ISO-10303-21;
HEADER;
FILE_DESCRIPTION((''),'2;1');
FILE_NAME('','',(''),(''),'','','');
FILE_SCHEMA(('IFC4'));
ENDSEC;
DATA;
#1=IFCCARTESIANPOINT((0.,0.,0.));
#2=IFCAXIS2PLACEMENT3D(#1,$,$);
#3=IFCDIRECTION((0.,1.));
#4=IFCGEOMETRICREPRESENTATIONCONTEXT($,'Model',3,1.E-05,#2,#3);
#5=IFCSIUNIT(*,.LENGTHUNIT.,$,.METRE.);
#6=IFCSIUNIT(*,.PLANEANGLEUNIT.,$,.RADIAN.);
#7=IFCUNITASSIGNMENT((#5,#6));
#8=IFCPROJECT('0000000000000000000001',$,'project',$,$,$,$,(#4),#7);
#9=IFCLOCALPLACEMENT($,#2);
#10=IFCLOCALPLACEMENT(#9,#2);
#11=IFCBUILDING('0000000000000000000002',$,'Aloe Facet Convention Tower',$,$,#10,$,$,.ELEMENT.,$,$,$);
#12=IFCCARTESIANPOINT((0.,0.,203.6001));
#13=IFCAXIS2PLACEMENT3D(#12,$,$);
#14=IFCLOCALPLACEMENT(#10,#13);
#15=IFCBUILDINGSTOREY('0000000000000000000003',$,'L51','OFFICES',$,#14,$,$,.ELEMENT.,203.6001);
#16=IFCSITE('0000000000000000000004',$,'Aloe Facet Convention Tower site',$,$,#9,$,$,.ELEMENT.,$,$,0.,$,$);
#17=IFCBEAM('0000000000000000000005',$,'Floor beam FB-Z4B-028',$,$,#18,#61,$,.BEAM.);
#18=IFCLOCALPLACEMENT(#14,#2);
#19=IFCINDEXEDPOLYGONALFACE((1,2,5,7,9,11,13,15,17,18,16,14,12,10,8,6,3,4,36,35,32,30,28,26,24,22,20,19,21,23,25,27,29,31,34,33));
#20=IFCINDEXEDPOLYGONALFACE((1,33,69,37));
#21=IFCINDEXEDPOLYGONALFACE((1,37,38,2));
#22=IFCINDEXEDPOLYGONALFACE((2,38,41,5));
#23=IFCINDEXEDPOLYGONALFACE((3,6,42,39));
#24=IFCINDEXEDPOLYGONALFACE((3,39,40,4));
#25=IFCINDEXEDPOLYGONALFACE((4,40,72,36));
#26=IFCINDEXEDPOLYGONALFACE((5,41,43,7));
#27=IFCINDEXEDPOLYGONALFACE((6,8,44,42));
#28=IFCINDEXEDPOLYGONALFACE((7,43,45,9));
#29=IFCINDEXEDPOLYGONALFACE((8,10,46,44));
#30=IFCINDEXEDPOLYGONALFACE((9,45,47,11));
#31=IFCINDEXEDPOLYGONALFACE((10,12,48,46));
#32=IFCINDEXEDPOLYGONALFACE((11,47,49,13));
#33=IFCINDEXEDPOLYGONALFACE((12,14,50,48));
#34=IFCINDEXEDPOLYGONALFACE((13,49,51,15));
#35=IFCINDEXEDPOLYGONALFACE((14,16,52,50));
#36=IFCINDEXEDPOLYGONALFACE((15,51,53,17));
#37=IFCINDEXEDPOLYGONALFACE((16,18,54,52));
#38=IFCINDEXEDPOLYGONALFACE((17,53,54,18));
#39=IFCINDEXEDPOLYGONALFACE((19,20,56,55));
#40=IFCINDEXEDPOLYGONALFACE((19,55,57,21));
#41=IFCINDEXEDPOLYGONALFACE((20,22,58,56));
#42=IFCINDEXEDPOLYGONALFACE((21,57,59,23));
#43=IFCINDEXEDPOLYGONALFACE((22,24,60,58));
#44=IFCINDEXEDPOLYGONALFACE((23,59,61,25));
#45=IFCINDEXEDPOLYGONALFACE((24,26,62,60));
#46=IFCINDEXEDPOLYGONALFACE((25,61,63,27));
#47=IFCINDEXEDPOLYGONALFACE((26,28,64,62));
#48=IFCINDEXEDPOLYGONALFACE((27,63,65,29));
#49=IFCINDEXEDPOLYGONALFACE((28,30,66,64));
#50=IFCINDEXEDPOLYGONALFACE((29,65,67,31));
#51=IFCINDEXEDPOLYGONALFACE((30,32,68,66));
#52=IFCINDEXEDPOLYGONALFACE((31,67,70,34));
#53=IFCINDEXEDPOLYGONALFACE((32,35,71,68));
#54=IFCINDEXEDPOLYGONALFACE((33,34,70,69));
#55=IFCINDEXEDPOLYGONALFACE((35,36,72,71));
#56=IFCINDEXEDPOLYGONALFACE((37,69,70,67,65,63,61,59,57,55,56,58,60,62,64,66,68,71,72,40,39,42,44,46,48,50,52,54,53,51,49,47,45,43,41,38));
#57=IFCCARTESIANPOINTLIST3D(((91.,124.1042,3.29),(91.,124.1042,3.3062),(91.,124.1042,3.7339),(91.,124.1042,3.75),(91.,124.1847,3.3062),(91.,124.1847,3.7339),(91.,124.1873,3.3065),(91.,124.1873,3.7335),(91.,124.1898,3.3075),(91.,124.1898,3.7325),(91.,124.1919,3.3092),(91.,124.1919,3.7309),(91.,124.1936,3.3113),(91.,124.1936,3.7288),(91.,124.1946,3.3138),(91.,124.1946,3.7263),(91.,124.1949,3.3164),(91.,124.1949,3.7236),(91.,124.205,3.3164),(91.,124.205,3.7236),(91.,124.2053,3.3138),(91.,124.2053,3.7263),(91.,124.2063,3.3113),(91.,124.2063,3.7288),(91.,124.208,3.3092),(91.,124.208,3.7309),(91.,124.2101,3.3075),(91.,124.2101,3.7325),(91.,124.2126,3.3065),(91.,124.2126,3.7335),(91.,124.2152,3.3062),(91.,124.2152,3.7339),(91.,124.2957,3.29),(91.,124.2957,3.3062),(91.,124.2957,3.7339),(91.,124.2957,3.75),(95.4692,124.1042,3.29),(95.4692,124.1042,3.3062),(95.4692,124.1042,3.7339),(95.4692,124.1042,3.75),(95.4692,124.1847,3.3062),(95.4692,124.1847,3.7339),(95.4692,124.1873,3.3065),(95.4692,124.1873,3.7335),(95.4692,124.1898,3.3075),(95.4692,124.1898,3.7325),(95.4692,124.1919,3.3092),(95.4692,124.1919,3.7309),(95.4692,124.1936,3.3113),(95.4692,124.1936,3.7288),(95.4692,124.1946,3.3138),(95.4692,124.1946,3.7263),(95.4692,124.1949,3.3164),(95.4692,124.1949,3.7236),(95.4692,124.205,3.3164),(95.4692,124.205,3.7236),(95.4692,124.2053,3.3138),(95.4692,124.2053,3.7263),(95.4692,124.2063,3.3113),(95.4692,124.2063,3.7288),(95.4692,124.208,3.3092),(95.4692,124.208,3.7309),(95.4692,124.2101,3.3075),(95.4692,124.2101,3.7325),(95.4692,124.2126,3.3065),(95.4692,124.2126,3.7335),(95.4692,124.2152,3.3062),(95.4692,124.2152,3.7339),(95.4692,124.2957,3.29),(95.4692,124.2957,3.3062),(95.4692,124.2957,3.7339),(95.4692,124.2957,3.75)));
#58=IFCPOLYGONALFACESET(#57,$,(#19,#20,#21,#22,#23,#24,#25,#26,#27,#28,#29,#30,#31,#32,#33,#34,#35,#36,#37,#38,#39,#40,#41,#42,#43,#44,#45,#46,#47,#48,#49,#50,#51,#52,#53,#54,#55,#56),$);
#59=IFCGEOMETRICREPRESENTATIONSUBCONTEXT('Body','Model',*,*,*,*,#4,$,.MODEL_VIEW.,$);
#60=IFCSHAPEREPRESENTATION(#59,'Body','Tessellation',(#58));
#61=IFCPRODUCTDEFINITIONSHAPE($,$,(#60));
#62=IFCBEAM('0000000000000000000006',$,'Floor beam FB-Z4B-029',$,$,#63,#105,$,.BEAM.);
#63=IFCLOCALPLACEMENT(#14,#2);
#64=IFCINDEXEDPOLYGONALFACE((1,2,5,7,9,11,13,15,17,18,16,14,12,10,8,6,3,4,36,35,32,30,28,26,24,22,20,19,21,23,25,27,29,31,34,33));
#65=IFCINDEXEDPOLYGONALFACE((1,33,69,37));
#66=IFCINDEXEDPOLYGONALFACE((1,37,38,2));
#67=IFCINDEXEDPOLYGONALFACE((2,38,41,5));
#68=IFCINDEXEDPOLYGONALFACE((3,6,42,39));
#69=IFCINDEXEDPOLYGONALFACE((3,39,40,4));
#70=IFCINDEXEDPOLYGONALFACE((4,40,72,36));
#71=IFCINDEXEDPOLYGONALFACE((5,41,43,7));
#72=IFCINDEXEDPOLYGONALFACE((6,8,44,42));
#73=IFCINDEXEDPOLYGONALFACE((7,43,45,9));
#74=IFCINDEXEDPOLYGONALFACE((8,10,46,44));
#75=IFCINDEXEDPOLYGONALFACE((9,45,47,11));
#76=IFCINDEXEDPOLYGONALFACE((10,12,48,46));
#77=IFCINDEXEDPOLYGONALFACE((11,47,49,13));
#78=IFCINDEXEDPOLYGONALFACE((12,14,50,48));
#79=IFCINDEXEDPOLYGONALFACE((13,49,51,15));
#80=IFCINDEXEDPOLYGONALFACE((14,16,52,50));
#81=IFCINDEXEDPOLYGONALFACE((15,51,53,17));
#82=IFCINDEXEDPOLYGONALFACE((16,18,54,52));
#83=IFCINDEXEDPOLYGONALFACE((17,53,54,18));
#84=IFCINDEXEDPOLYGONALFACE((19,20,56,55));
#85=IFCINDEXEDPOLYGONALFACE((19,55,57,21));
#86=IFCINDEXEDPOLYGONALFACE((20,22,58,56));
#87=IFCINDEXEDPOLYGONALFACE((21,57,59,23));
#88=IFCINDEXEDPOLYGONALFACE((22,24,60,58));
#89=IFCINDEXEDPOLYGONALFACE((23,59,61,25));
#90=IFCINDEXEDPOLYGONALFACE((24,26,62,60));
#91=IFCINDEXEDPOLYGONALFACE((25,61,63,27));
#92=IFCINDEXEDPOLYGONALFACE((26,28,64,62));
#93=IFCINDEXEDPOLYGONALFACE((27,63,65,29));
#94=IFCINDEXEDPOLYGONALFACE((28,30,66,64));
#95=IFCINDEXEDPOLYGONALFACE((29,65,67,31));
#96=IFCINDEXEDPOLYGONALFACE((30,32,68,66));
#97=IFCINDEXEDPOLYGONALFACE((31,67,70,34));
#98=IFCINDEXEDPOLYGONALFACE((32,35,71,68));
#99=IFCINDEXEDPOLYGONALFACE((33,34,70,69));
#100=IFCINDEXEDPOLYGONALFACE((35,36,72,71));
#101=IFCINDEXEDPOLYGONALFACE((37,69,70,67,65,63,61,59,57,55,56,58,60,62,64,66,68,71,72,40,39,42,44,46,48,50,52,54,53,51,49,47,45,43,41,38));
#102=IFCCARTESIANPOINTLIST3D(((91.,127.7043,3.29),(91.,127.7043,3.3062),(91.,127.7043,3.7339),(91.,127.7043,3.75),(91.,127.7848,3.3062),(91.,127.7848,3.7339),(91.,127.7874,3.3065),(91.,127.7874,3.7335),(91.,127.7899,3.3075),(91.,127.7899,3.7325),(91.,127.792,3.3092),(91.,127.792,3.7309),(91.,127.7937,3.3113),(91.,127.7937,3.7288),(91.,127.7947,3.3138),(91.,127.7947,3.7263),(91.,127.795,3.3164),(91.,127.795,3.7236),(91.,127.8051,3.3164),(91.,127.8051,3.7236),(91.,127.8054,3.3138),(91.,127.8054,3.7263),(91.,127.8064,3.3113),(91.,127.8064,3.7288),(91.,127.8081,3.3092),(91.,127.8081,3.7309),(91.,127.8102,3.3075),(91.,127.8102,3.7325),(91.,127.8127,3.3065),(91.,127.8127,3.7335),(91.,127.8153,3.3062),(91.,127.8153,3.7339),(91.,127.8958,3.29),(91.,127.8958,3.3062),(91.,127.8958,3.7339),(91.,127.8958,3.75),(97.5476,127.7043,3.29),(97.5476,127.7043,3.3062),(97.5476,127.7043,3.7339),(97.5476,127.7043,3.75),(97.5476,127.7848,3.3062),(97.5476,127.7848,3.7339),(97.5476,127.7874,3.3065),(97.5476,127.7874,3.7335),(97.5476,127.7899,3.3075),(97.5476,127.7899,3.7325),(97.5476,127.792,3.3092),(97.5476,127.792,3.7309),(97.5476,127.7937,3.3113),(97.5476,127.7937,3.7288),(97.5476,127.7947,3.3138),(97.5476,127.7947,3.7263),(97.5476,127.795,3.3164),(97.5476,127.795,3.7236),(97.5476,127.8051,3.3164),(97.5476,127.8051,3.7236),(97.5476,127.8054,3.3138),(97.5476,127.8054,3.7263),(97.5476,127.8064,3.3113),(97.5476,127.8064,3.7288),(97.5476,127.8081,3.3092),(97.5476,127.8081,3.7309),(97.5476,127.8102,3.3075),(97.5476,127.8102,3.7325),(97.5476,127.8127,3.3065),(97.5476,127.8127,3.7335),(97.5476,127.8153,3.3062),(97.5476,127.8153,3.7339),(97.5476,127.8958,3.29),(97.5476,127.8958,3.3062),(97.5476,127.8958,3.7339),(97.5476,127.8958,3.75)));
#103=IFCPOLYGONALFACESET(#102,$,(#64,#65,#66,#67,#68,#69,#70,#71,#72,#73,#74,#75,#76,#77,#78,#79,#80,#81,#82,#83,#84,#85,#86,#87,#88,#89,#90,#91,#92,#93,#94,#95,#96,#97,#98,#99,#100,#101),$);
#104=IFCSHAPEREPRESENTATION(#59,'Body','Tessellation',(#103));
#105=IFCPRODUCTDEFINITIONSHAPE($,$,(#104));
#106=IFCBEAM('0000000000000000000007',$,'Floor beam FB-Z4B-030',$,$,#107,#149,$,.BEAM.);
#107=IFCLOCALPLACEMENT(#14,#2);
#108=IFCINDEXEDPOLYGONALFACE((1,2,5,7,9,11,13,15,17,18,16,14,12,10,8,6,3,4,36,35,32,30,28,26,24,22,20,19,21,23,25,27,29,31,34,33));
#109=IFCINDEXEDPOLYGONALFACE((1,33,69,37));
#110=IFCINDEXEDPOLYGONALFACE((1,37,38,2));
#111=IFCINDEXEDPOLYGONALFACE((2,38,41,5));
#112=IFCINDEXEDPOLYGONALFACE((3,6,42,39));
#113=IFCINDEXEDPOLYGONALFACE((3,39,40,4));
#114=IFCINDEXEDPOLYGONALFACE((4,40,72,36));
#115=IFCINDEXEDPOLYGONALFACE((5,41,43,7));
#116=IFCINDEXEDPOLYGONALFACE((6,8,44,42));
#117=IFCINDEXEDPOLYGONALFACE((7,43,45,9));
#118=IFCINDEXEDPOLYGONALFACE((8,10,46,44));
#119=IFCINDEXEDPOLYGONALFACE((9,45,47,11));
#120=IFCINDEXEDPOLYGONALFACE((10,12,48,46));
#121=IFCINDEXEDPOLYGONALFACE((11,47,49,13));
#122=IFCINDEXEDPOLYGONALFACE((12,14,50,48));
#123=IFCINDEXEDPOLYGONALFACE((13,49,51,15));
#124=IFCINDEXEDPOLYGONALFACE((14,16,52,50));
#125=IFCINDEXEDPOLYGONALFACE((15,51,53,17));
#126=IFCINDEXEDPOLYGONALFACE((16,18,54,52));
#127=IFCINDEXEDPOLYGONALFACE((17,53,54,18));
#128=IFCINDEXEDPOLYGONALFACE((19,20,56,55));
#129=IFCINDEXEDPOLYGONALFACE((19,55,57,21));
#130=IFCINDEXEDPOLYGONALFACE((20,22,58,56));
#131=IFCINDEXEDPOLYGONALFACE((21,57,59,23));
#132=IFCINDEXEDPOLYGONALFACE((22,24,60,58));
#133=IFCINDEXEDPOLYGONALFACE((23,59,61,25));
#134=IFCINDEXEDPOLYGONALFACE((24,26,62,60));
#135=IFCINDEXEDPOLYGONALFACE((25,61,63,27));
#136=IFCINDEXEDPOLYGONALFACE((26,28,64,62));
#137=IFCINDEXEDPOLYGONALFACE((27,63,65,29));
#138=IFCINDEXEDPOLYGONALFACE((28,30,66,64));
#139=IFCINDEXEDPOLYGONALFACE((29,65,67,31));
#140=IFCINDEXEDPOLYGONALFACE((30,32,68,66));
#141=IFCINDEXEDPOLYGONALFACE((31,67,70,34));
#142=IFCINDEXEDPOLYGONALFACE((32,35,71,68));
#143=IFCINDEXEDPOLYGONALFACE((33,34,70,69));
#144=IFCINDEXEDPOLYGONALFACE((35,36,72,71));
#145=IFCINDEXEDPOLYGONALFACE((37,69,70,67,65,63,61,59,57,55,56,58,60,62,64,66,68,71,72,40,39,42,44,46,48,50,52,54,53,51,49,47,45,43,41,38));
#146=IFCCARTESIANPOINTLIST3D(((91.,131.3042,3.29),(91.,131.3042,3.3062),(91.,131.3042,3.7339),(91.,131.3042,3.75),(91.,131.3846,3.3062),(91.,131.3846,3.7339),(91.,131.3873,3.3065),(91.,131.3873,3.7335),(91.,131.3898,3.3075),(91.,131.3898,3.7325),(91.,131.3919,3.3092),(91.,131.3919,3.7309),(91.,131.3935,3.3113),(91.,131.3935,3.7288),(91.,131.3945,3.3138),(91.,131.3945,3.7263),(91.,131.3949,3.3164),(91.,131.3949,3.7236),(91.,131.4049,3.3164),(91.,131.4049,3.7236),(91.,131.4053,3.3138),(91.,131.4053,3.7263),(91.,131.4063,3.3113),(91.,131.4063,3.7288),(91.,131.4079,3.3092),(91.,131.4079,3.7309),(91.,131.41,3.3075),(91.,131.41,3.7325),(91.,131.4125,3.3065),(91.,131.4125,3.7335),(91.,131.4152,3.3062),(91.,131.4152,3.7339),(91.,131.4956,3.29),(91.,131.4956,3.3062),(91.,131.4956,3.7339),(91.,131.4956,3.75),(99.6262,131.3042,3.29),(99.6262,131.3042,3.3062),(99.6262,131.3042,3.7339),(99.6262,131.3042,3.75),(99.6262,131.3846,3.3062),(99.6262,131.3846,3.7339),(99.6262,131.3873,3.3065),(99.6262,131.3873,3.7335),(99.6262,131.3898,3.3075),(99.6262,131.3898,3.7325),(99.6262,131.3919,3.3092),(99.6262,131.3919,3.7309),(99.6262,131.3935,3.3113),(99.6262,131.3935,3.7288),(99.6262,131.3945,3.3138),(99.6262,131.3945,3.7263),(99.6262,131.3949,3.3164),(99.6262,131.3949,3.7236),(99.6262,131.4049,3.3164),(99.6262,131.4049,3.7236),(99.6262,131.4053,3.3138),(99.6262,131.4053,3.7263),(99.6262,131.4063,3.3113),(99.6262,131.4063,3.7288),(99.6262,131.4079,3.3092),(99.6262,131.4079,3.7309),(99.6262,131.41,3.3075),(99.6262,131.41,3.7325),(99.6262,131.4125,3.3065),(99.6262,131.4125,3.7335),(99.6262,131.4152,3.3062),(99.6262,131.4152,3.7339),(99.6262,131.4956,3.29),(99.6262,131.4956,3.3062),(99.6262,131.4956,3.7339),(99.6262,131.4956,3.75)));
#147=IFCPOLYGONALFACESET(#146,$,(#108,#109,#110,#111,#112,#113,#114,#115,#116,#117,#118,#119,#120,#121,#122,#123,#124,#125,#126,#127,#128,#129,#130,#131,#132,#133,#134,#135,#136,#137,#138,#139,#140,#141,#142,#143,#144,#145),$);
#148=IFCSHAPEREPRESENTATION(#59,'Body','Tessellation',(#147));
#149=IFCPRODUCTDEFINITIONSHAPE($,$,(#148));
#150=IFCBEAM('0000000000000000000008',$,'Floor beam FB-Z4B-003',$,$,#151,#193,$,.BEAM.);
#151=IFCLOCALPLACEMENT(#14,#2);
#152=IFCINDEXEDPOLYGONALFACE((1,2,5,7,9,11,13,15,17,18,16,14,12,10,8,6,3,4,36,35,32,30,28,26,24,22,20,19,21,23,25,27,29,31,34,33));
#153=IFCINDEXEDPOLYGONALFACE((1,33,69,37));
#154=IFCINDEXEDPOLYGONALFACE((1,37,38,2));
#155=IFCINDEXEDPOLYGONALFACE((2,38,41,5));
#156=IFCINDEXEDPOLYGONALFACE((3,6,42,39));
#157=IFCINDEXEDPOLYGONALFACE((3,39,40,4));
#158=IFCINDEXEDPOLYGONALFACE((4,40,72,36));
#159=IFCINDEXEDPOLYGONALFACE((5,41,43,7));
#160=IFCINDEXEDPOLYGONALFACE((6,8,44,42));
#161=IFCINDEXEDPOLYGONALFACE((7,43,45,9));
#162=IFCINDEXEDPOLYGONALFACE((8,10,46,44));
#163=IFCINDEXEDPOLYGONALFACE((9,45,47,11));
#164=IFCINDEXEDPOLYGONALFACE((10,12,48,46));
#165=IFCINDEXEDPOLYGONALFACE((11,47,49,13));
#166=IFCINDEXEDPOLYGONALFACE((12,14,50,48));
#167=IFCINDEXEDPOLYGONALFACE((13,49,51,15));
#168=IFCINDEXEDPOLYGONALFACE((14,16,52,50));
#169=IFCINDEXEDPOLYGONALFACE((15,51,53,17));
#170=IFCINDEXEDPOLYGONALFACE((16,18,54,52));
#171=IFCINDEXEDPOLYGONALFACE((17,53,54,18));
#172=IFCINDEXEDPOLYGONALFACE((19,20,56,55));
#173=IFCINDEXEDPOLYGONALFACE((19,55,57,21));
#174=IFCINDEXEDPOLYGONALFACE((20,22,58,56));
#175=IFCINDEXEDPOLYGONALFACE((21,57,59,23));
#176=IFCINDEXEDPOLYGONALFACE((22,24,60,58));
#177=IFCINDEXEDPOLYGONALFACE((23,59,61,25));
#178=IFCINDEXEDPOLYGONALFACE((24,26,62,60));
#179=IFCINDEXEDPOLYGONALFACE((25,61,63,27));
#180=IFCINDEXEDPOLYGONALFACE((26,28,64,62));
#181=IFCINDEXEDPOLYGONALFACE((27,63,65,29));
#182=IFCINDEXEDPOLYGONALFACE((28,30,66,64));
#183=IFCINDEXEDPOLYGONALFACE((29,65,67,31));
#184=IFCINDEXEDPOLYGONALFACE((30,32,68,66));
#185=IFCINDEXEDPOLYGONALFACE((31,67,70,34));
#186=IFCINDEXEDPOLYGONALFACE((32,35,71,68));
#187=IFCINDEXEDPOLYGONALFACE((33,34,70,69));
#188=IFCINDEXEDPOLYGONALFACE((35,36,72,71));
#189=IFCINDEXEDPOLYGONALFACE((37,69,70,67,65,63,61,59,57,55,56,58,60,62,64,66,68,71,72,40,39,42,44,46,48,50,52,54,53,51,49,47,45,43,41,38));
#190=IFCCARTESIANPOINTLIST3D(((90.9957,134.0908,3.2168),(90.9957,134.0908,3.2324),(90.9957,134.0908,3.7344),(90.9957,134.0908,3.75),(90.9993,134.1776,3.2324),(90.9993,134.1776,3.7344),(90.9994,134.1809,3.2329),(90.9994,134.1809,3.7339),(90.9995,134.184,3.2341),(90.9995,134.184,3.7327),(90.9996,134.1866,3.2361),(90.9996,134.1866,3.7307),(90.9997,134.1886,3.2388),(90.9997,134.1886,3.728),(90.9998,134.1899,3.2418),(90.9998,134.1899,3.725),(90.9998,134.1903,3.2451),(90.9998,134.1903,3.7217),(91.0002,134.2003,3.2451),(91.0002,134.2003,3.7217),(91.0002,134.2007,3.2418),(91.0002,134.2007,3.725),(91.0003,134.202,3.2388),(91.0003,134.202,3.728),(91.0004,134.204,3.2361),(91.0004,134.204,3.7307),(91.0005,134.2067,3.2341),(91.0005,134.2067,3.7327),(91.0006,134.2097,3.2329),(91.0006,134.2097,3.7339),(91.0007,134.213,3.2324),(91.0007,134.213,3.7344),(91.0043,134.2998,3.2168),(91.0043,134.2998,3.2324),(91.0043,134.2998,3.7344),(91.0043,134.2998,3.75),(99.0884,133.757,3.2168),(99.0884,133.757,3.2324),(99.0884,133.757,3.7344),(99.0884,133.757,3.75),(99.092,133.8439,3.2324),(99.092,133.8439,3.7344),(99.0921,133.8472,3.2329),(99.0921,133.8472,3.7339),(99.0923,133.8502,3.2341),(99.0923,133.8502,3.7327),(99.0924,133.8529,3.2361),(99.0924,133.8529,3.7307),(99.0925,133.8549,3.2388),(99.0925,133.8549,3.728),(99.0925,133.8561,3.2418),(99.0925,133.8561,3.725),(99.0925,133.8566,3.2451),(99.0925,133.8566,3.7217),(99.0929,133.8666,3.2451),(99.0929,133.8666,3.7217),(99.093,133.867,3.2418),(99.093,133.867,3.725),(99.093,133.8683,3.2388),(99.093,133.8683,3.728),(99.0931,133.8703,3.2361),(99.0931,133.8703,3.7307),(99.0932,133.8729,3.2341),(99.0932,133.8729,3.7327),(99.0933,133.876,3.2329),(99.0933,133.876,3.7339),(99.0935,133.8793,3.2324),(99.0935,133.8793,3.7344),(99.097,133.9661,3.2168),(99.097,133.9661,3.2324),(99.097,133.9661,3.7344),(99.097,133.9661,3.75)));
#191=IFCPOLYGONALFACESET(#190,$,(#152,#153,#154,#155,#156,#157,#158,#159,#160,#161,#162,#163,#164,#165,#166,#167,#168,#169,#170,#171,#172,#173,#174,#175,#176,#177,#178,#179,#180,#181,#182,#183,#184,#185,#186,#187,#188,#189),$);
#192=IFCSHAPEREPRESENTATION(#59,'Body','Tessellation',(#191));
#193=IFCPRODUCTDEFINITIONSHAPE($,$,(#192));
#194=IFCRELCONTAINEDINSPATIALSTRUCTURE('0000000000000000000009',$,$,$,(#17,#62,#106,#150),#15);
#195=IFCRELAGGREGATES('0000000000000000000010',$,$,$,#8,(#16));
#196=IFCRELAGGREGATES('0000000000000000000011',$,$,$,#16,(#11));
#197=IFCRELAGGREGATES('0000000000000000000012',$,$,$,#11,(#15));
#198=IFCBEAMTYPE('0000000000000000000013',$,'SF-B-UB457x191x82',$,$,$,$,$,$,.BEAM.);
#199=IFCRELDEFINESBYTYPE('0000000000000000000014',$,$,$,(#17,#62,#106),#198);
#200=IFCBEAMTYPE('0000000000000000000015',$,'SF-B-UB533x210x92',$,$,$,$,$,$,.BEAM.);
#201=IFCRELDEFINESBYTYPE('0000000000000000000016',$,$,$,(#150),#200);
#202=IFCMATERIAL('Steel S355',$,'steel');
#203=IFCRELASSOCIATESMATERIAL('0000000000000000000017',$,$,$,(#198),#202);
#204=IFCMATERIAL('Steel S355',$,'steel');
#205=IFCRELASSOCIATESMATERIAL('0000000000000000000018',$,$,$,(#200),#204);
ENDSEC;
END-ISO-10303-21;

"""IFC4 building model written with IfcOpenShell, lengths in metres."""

from ifc_helpers import new_model, si_unit, direction, frame, origin, origin_2d, place, context, subcontext, project, spatial, i_section, extrude, material, material_profile, profile_set, type_object, element, save


model = new_model("IFC4")

# Units and contexts
model_context = context("Model", 3, precision=1e-05, world=origin(), true_north=direction((0.0, 1.0)))
body_context = subcontext(model_context, "Body", "Model", "MODEL_VIEW")
ifc_project = project(units=[si_unit("LENGTHUNIT", "METRE"), si_unit("PLANEANGLEUNIT", "RADIAN")], contexts=[model_context])

# Site, building, storey
site_placement = place(None, origin())
site = spatial("IfcSite", under=ifc_project, at=site_placement, Name="Aloe Facet Convention Tower site", CompositionType="ELEMENT", RefElevation=0.0)
building_placement = place(site_placement, origin())
building = spatial("IfcBuilding", under=site, at=building_placement, Name="Aloe Facet Convention Tower", CompositionType="ELEMENT")
storey_placement = place(building_placement, frame((0.0, 0.0, 203.6001)))
storey = spatial("IfcBuildingStorey", under=building, at=storey_placement, Name="L51", Description="OFFICES", CompositionType="ELEMENT", Elevation=203.6001)

# Beams
ifc_material_1 = material(Name="Steel S355", Category="steel")
ifc_material_profile_1 = material_profile(ifc_material_1, i_section(OverallWidth=0.1914, OverallDepth=0.46, WebThickness=0.01, FlangeThickness=0.0161, FilletRadius=0.0103, at=origin_2d()), Name="UB 457x191x82")
ifc_profile_set_1 = profile_set([ifc_material_profile_1], Name="Steel S355")
beam_type_1 = type_object("IfcBeamType", Name="SF-B-UB457x191x82", PredefinedType="BEAM", material=ifc_profile_set_1)
beam_1_placement = place(storey_placement, frame((91.0, 124.2, 3.52), z_axis=(1.0, 0.0, 0.0), x_axis=(0.0, 1.0, 0.0)))
element("IfcBeam", 1, at=beam_1_placement, inside=storey, type_object=beam_type_1, Name="Floor beam FB-Z4B-028", PredefinedType="BEAM", context=body_context, shape_type="SweptSolid", body=[
    extrude(i_section(OverallWidth=0.1914, OverallDepth=0.46, WebThickness=0.01, FlangeThickness=0.0161, FilletRadius=0.0103, at=origin_2d()), origin(), (0.0, 0.0, 1.0), 4.4692),
])
beam_2_placement = place(storey_placement, frame((91.0, 127.8, 3.52), z_axis=(1.0, 0.0, 0.0), x_axis=(0.0, 1.0, 0.0)))
element("IfcBeam", 2, at=beam_2_placement, inside=storey, type_object=beam_type_1, Name="Floor beam FB-Z4B-029", PredefinedType="BEAM", context=body_context, shape_type="SweptSolid", body=[
    extrude(i_section(OverallWidth=0.1914, OverallDepth=0.46, WebThickness=0.01, FlangeThickness=0.0161, FilletRadius=0.0103, at=origin_2d()), origin(), (0.0, 0.0, 1.0), 6.5476),
])
beam_3_placement = place(storey_placement, frame((91.0, 131.3999, 3.52), z_axis=(1.0, 0.0, 0.0), x_axis=(0.0, 1.0, 0.0)))
element("IfcBeam", 3, at=beam_3_placement, inside=storey, type_object=beam_type_1, Name="Floor beam FB-Z4B-030", PredefinedType="BEAM", context=body_context, shape_type="SweptSolid", body=[
    extrude(i_section(OverallWidth=0.1914, OverallDepth=0.46, WebThickness=0.01, FlangeThickness=0.0161, FilletRadius=0.0103, at=origin_2d()), origin(), (0.0, 0.0, 1.0), 8.6262),
])
ifc_material_2 = material(Name="Steel S355", Category="steel")
ifc_material_profile_2 = material_profile(ifc_material_2, i_section(OverallWidth=0.2092, OverallDepth=0.5332, WebThickness=0.01, FlangeThickness=0.0156, FilletRadius=0.0127, at=origin_2d()), Name="UB 533x210x92")
ifc_profile_set_2 = profile_set([ifc_material_profile_2], Name="Steel S355")
beam_type_2 = type_object("IfcBeamType", Name="SF-B-UB533x210x92", PredefinedType="BEAM", material=ifc_profile_set_2)
beam_4_placement = place(storey_placement, frame((91.0, 134.1953, 3.4834), z_axis=(0.999151, -0.041204, 0.0), x_axis=(0.041204, 0.999151, 0.0)))
element("IfcBeam", 4, at=beam_4_placement, inside=storey, type_object=beam_type_2, Name="Floor beam FB-Z4B-003", PredefinedType="BEAM", context=body_context, shape_type="SweptSolid", body=[
    extrude(i_section(OverallWidth=0.2092, OverallDepth=0.5332, WebThickness=0.01, FlangeThickness=0.0156, FilletRadius=0.0127, at=origin_2d()), origin(), (0.0, 0.0, 1.0), 8.0996),
])

save(model, "model.ifc")
